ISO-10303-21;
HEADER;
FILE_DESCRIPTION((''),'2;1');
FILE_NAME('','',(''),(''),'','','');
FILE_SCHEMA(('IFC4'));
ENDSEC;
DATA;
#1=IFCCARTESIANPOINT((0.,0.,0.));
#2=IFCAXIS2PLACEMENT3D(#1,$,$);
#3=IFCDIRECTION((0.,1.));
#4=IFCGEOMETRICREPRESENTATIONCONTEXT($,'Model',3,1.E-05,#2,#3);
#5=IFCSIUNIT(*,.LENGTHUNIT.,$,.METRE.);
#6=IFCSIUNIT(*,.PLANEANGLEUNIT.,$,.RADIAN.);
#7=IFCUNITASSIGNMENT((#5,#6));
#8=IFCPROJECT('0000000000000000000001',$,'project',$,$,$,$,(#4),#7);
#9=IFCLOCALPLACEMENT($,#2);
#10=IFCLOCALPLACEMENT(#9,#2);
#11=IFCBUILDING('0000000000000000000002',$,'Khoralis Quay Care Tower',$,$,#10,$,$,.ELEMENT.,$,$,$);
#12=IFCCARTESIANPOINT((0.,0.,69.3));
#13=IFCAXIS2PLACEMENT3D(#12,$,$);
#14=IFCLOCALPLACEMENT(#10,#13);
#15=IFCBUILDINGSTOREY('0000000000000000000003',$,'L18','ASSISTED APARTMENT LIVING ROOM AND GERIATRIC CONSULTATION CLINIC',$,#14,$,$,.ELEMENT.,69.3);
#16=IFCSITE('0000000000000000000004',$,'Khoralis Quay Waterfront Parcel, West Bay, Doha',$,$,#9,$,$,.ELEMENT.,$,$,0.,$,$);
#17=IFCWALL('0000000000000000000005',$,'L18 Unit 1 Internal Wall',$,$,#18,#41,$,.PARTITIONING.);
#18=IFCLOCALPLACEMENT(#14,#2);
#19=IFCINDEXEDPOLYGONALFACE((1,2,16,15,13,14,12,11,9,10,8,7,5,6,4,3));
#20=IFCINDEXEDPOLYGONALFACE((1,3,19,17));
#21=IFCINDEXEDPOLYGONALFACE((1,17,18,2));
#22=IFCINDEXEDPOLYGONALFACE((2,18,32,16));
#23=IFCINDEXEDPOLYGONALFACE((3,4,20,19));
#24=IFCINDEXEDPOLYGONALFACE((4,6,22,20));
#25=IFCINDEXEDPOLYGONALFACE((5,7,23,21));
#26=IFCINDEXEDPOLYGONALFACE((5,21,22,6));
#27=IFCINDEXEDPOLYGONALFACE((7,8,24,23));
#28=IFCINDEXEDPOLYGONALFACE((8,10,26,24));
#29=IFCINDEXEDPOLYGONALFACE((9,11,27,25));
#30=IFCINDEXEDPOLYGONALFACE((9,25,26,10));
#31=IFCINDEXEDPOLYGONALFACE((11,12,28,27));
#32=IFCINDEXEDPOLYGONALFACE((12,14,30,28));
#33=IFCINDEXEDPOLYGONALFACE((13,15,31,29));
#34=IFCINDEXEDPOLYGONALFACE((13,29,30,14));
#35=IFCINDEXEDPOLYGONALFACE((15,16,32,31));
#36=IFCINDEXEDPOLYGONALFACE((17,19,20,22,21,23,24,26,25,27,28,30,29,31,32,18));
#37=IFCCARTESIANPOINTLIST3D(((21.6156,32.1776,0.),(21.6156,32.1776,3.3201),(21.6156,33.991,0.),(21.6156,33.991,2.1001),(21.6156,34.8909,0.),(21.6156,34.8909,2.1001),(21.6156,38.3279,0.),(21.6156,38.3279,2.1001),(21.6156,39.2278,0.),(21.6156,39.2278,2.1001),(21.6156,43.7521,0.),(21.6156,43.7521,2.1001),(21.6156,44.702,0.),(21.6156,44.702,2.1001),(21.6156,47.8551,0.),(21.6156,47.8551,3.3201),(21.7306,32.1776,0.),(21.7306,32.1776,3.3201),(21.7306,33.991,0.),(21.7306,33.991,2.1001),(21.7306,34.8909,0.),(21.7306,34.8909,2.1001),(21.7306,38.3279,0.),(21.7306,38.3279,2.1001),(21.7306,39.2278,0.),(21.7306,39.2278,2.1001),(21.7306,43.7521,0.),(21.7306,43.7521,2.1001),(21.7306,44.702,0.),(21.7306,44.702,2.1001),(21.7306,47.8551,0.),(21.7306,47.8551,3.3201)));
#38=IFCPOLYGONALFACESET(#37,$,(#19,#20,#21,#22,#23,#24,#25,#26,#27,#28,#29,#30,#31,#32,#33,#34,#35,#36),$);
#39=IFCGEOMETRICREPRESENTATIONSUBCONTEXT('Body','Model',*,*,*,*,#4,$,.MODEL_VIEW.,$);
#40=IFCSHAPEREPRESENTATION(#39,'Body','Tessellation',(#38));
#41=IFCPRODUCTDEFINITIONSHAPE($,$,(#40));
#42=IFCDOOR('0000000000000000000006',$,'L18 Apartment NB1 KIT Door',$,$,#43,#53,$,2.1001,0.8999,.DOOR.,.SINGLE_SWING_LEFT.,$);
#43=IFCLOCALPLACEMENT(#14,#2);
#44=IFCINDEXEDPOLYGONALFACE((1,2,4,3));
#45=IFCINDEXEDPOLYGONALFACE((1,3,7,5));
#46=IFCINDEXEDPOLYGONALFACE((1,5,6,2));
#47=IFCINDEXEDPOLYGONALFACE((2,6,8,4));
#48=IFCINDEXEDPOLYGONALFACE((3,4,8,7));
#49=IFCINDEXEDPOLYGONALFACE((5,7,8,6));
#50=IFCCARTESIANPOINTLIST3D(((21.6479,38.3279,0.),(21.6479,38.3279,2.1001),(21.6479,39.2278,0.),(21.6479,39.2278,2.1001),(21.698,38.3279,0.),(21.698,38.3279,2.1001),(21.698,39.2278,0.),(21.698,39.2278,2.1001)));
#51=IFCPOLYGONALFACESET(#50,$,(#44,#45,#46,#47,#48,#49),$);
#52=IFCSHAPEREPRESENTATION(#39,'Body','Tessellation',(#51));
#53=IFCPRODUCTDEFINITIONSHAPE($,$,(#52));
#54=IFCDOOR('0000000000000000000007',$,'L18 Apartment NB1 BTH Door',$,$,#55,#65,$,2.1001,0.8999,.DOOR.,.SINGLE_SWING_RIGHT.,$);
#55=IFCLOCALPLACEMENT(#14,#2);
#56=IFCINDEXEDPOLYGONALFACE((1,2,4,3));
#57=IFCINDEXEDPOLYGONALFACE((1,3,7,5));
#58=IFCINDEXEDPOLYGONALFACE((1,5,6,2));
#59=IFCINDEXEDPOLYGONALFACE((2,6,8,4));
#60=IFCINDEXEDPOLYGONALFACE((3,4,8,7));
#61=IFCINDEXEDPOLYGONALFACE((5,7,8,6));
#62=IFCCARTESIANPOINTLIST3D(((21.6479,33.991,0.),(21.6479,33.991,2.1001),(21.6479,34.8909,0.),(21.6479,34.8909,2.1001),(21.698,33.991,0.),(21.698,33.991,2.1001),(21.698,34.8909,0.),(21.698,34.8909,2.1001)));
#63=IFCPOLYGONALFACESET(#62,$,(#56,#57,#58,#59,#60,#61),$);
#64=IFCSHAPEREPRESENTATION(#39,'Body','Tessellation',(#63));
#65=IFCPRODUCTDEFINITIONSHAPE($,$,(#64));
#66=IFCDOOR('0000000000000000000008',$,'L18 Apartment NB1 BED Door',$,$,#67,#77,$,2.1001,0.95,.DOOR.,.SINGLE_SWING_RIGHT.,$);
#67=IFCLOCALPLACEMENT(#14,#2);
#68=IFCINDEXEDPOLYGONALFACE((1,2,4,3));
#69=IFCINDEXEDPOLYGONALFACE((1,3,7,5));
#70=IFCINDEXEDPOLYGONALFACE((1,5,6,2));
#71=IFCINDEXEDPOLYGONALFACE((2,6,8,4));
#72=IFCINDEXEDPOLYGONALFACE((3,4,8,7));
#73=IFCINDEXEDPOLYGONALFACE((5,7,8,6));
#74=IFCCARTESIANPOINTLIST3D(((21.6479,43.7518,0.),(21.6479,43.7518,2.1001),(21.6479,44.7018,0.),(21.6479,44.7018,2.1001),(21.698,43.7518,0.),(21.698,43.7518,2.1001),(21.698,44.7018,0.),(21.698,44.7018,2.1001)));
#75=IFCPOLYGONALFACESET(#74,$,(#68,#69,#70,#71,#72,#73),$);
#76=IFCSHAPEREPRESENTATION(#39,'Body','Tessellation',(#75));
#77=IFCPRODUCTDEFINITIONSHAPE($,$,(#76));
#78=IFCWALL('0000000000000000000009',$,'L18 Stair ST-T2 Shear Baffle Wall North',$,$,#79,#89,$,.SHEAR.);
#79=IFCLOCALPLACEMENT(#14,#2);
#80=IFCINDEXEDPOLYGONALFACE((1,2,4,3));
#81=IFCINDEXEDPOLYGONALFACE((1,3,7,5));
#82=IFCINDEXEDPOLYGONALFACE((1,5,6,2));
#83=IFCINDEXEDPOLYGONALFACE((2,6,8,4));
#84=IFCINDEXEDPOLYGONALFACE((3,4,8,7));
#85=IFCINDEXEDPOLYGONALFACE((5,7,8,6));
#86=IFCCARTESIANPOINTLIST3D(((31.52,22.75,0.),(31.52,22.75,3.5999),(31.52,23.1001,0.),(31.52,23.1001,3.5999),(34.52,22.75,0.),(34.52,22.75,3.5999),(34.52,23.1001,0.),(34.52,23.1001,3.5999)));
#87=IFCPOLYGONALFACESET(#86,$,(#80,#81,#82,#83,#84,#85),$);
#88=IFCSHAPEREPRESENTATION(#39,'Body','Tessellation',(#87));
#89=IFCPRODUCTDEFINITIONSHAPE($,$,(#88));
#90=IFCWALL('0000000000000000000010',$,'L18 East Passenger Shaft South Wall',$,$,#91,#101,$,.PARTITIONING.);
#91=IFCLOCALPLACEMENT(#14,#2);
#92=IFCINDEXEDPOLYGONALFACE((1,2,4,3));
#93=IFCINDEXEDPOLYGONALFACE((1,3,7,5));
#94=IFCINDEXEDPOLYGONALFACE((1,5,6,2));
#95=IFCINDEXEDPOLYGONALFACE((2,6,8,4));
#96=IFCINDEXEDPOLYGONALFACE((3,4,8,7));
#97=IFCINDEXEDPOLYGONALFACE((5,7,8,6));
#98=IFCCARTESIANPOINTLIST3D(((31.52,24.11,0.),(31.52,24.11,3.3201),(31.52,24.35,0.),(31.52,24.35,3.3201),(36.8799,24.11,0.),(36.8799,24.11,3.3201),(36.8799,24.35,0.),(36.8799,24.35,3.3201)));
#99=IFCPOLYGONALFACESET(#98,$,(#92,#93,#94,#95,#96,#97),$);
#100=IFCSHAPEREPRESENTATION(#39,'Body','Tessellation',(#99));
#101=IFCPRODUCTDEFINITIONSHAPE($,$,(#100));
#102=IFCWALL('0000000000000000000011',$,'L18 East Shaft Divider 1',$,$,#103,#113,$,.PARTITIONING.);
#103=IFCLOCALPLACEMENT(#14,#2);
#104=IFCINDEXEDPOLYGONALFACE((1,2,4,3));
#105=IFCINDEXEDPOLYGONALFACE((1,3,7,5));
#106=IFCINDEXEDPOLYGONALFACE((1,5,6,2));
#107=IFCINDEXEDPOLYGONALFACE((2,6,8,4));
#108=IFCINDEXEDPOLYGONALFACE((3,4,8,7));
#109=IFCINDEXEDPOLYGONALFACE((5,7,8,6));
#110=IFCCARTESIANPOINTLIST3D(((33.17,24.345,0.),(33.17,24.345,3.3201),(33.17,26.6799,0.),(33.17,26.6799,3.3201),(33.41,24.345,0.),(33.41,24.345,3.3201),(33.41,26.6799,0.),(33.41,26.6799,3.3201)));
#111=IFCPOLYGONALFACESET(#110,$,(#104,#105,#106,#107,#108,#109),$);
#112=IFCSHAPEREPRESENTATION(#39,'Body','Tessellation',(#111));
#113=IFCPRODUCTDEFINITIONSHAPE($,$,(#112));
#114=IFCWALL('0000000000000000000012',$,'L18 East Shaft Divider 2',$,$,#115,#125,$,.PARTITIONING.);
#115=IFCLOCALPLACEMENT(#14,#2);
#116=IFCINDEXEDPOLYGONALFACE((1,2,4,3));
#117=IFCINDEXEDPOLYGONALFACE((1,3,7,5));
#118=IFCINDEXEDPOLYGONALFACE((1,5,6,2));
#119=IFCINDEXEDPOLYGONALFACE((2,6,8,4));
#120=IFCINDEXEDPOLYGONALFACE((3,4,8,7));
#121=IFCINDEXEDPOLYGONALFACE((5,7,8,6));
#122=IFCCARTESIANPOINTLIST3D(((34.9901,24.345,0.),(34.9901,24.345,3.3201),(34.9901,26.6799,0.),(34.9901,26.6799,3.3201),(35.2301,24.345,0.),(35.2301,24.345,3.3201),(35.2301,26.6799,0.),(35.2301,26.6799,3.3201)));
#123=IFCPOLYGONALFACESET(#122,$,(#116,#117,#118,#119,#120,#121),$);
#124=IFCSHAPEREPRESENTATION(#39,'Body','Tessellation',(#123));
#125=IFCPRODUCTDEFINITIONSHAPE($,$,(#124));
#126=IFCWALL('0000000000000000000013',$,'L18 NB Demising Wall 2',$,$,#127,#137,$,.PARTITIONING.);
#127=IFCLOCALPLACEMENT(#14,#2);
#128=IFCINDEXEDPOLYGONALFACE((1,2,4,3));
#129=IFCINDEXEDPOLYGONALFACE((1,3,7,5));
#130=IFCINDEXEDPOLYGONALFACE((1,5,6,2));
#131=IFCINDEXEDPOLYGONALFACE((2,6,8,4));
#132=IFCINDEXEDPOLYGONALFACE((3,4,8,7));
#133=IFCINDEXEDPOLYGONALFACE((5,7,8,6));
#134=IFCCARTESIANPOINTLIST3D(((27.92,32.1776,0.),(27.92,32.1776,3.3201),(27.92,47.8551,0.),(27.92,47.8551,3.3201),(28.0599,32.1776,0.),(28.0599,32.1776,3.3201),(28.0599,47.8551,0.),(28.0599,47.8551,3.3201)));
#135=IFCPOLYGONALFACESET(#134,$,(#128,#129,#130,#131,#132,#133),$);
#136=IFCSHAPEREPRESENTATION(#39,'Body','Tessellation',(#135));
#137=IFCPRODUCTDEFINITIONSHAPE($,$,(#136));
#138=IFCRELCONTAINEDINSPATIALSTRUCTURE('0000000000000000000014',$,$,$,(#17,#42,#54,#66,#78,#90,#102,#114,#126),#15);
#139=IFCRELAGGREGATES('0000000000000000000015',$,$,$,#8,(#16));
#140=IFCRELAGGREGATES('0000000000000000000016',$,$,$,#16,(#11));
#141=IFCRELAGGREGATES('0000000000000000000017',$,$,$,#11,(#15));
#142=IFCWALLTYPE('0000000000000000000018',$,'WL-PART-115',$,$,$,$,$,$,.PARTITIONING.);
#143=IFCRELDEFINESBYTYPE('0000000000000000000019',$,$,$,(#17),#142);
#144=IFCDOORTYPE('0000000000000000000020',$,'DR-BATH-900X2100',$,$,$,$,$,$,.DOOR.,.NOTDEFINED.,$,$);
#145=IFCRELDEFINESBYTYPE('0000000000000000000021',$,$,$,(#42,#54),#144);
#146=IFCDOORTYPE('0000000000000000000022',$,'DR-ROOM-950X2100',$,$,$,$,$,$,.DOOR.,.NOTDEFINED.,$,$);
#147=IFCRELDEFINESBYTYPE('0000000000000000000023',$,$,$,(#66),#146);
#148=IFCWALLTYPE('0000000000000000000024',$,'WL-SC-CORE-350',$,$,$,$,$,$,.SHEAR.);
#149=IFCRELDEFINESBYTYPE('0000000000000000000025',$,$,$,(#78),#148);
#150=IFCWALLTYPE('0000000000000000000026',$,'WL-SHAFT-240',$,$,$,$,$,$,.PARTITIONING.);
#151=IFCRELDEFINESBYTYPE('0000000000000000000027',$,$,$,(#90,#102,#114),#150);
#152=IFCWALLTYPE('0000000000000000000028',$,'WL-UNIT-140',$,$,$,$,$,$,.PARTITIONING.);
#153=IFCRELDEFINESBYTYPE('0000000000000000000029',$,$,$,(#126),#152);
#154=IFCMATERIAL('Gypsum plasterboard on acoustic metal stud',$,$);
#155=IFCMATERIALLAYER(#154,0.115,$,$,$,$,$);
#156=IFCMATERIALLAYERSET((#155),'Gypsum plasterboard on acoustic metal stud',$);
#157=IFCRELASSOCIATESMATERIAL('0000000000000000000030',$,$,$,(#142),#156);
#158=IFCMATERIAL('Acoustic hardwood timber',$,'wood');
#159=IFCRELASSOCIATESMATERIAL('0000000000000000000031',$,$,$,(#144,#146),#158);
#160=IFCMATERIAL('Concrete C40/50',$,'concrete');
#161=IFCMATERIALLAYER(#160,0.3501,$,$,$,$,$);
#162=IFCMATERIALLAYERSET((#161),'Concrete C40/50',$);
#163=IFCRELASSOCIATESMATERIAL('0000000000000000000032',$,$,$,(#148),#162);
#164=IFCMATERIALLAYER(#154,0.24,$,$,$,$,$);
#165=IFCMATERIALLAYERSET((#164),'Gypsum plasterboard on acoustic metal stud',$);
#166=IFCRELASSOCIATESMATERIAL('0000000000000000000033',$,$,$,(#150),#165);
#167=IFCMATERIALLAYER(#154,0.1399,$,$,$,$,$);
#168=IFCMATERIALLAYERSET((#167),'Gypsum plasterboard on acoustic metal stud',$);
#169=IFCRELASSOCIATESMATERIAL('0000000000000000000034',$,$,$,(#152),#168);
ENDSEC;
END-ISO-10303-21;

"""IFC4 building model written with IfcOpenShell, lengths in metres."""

from ifc_helpers import new_model, si_unit, direction, frame, frame_2d, origin, place, context, subcontext, project, spatial, rectangle, extrude, source, transform, mapped, material, layer, layer_set, type_object, element, fill, save


model = new_model("IFC4")

# Units and contexts
model_context = context("Model", 3, precision=1e-05, world=origin(), true_north=direction((0.0, 1.0)))
body_context = subcontext(model_context, "Body", "Model", "MODEL_VIEW")
ifc_project = project(units=[si_unit("LENGTHUNIT", "METRE"), si_unit("PLANEANGLEUNIT", "RADIAN")], contexts=[model_context])

# Site, building, storey
site_placement = place(None, origin())
site = spatial("IfcSite", under=ifc_project, at=site_placement, Name="Khoralis Quay Waterfront Parcel, West Bay, Doha", CompositionType="ELEMENT", RefElevation=0.0)
building_placement = place(site_placement, origin())
building = spatial("IfcBuilding", under=site, at=building_placement, Name="Khoralis Quay Care Tower", CompositionType="ELEMENT")
storey_placement = place(building_placement, frame((0.0, 0.0, 69.3)))
storey = spatial("IfcBuildingStorey", under=building, at=storey_placement, Name="L18", Description="ASSISTED APARTMENT LIVING ROOM AND GERIATRIC CONSULTATION CLINIC", CompositionType="ELEMENT", Elevation=69.3)

# Shared definitions
ifc_material_1 = material(Name="Gypsum plasterboard on acoustic metal stud")

# Wall, openings, doors
ifc_layer_1 = layer(ifc_material_1, 0.115)
ifc_layer_set_1 = layer_set([ifc_layer_1], Name="Gypsum plasterboard on acoustic metal stud")
wall_type_1 = type_object("IfcWallType", Name="WL-PART-115", PredefinedType="PARTITIONING", material=ifc_layer_set_1)
wall_1_placement = place(storey_placement, frame((21.6731, 32.1775, 0.0), z_axis=(0.0, 0.0, 1.0), x_axis=(0.0, 1.0, 0.0)))
wall_1 = element("IfcWall", 1, at=wall_1_placement, inside=storey, type_object=wall_type_1, Name="L18 Unit 1 Internal Wall", PredefinedType="PARTITIONING", context=body_context, shape_type="SweptSolid", body=[
    extrude(rectangle(XDim=15.6775, YDim=0.115, at=frame_2d((7.8389, 0.0))), origin(), (0.0, 0.0, 1.0), 3.3201),
])
opening_1_placement = place(wall_1_placement, frame((11.5745, 0.0, 0.0)))
opening_1 = element("IfcOpeningElement", 2, at=opening_1_placement, cuts=wall_1, PredefinedType="OPENING", context=body_context, shape_type="SweptSolid", body=[
    extrude(rectangle(XDim=0.95, YDim=2.1001, at=frame_2d((0.4751, 1.05))), frame((0.0, 0.0674, 0.0), z_axis=(0.0, -1.0, 0.0), x_axis=(1.0, 0.0, 0.0)), (0.0, 0.0, 1.0), 0.135),
])
opening_2_placement = place(wall_1_placement, frame((6.1504, 0.0, 0.0)))
opening_2 = element("IfcOpeningElement", 3, at=opening_2_placement, cuts=wall_1, PredefinedType="OPENING", context=body_context, shape_type="SweptSolid", body=[
    extrude(rectangle(XDim=0.8999, YDim=2.1001, at=frame_2d((0.45, 1.05))), frame((0.0, 0.0674, 0.0), z_axis=(0.0, -1.0, 0.0), x_axis=(1.0, 0.0, 0.0)), (0.0, 0.0, 1.0), 0.135),
])
opening_3_placement = place(wall_1_placement, frame((1.8135, 0.0, 0.0)))
opening_3 = element("IfcOpeningElement", 4, at=opening_3_placement, cuts=wall_1, PredefinedType="OPENING", context=body_context, shape_type="SweptSolid", body=[
    extrude(rectangle(XDim=0.8999, YDim=2.1001, at=frame_2d((0.45, 1.05))), frame((0.0, 0.0674, 0.0), z_axis=(0.0, -1.0, 0.0), x_axis=(1.0, 0.0, 0.0)), (0.0, 0.0, 1.0), 0.135),
])
ifc_material_2 = material(Name="Acoustic hardwood timber", Category="wood")
door_type_1 = type_object("IfcDoorType", Name="DR-BATH-900X2100", OperationType="NOTDEFINED", PredefinedType="DOOR", material=ifc_material_2)
shared_shape_1 = source(origin(), body_context, "Body", "SweptSolid", [
    extrude(rectangle(XDim=0.8999, YDim=2.1001, at=frame_2d((0.45, 1.05))), frame((0.0, 0.0249, 0.0), z_axis=(0.0, -1.0, 0.0), x_axis=(1.0, 0.0, 0.0)), (0.0, 0.0, 1.0), 0.05),
])
door_1_placement = place(opening_2_placement, frame((0.8999, 0.0, 0.0), z_axis=(0.0, 0.0, 1.0), x_axis=(-1.0, 0.0, 0.0)))
door_1 = element("IfcDoor", 5, at=door_1_placement, inside=storey, type_object=door_type_1, Name="L18 Apartment NB1 KIT Door", OperationType="SINGLE_SWING_LEFT", OverallHeight=2.1001, OverallWidth=0.8999, PredefinedType="DOOR", context=body_context, shape_type="MappedRepresentation", body=[
    mapped(shared_shape_1, transform((0.0, 0.0, 0.0), scale=1.0)),
])
fill(opening_2, door_1)
door_2_placement = place(opening_3_placement, frame((0.8999, 0.0, 0.0), z_axis=(0.0, 0.0, 1.0), x_axis=(-1.0, 0.0, 0.0)))
door_2 = element("IfcDoor", 6, at=door_2_placement, inside=storey, type_object=door_type_1, Name="L18 Apartment NB1 BTH Door", OperationType="SINGLE_SWING_RIGHT", OverallHeight=2.1001, OverallWidth=0.8999, PredefinedType="DOOR", context=body_context, shape_type="MappedRepresentation", body=[
    mapped(shared_shape_1, transform((0.0, 0.0, 0.0), scale=1.0)),
])
fill(opening_3, door_2)
door_type_2 = type_object("IfcDoorType", Name="DR-ROOM-950X2100", OperationType="NOTDEFINED", PredefinedType="DOOR", material=ifc_material_2)
shared_shape_2 = source(origin(), body_context, "Body", "SweptSolid", [
    extrude(rectangle(XDim=0.95, YDim=2.1001, at=frame_2d((0.4751, 1.05))), frame((0.0, 0.0249, 0.0), z_axis=(0.0, -1.0, 0.0), x_axis=(1.0, 0.0, 0.0)), (0.0, 0.0, 1.0), 0.05),
])
door_3_placement = place(opening_1_placement, frame((0.95, 0.0, 0.0), z_axis=(0.0, 0.0, 1.0), x_axis=(-1.0, 0.0, 0.0)))
door_3 = element("IfcDoor", 7, at=door_3_placement, inside=storey, type_object=door_type_2, Name="L18 Apartment NB1 BED Door", OperationType="SINGLE_SWING_RIGHT", OverallHeight=2.1001, OverallWidth=0.95, PredefinedType="DOOR", context=body_context, shape_type="MappedRepresentation", body=[
    mapped(shared_shape_2, transform((0.0, 0.0, 0.0), scale=1.0)),
])
fill(opening_1, door_3)

# Walls
ifc_material_3 = material(Name="Concrete C40/50", Category="concrete")
ifc_layer_2 = layer(ifc_material_3, 0.3501)
ifc_layer_set_2 = layer_set([ifc_layer_2], Name="Concrete C40/50")
wall_type_2 = type_object("IfcWallType", Name="WL-SC-CORE-350", PredefinedType="SHEAR", material=ifc_layer_set_2)
wall_2_placement = place(storey_placement, frame((31.52, 22.925, 0.0), z_axis=(0.0, 0.0, 1.0), x_axis=(1.0, 0.0, 0.0)))
element("IfcWall", 8, at=wall_2_placement, inside=storey, type_object=wall_type_2, Name="L18 Stair ST-T2 Shear Baffle Wall North", PredefinedType="SHEAR", context=body_context, shape_type="SweptSolid", body=[
    extrude(rectangle(XDim=3.0, YDim=0.3501, at=frame_2d((1.5, 0.0))), origin(), (0.0, 0.0, 1.0), 3.5999),
])
ifc_layer_3 = layer(ifc_material_1, 0.24)
ifc_layer_set_3 = layer_set([ifc_layer_3], Name="Gypsum plasterboard on acoustic metal stud")
wall_type_3 = type_object("IfcWallType", Name="WL-SHAFT-240", PredefinedType="PARTITIONING", material=ifc_layer_set_3)
wall_3_placement = place(storey_placement, frame((31.52, 24.23, 0.0), z_axis=(0.0, 0.0, 1.0), x_axis=(1.0, 0.0, 0.0)))
element("IfcWall", 9, at=wall_3_placement, inside=storey, type_object=wall_type_3, Name="L18 East Passenger Shaft South Wall", PredefinedType="PARTITIONING", context=body_context, shape_type="SweptSolid", body=[
    extrude(rectangle(XDim=5.3599, YDim=0.24, at=frame_2d((2.6799, 0.0))), origin(), (0.0, 0.0, 1.0), 3.3201),
])
for number, where, z_axis, x_axis, name in (
    (10, (33.29, 24.345, 0.0), (0.0, 0.0, 1.0), (0.0, 1.0, 0.0), "L18 East Shaft Divider 1"),
    (11, (35.1101, 24.345, 0.0), (0.0, 0.0, 1.0), (0.0, 1.0, 0.0), "L18 East Shaft Divider 2"),
):
    element("IfcWall", number, at=place(storey_placement, frame(where, z_axis=z_axis, x_axis=x_axis)), inside=storey, type_object=wall_type_3, Name=name, PredefinedType="PARTITIONING", context=body_context, shape_type="SweptSolid", body=[
        extrude(rectangle(XDim=2.335, YDim=0.24, at=frame_2d((1.1675, 0.0))), origin(), (0.0, 0.0, 1.0), 3.3201),
    ])
ifc_layer_4 = layer(ifc_material_1, 0.1399)
ifc_layer_set_4 = layer_set([ifc_layer_4], Name="Gypsum plasterboard on acoustic metal stud")
wall_type_4 = type_object("IfcWallType", Name="WL-UNIT-140", PredefinedType="PARTITIONING", material=ifc_layer_set_4)
wall_4_placement = place(storey_placement, frame((27.99, 32.1775, 0.0), z_axis=(0.0, 0.0, 1.0), x_axis=(0.0, 1.0, 0.0)))
element("IfcWall", 12, at=wall_4_placement, inside=storey, type_object=wall_type_4, Name="L18 NB Demising Wall 2", PredefinedType="PARTITIONING", context=body_context, shape_type="SweptSolid", body=[
    extrude(rectangle(XDim=15.6775, YDim=0.1399, at=frame_2d((7.8389, 0.0))), origin(), (0.0, 0.0, 1.0), 3.3201),
])

save(model, "model.ifc")
